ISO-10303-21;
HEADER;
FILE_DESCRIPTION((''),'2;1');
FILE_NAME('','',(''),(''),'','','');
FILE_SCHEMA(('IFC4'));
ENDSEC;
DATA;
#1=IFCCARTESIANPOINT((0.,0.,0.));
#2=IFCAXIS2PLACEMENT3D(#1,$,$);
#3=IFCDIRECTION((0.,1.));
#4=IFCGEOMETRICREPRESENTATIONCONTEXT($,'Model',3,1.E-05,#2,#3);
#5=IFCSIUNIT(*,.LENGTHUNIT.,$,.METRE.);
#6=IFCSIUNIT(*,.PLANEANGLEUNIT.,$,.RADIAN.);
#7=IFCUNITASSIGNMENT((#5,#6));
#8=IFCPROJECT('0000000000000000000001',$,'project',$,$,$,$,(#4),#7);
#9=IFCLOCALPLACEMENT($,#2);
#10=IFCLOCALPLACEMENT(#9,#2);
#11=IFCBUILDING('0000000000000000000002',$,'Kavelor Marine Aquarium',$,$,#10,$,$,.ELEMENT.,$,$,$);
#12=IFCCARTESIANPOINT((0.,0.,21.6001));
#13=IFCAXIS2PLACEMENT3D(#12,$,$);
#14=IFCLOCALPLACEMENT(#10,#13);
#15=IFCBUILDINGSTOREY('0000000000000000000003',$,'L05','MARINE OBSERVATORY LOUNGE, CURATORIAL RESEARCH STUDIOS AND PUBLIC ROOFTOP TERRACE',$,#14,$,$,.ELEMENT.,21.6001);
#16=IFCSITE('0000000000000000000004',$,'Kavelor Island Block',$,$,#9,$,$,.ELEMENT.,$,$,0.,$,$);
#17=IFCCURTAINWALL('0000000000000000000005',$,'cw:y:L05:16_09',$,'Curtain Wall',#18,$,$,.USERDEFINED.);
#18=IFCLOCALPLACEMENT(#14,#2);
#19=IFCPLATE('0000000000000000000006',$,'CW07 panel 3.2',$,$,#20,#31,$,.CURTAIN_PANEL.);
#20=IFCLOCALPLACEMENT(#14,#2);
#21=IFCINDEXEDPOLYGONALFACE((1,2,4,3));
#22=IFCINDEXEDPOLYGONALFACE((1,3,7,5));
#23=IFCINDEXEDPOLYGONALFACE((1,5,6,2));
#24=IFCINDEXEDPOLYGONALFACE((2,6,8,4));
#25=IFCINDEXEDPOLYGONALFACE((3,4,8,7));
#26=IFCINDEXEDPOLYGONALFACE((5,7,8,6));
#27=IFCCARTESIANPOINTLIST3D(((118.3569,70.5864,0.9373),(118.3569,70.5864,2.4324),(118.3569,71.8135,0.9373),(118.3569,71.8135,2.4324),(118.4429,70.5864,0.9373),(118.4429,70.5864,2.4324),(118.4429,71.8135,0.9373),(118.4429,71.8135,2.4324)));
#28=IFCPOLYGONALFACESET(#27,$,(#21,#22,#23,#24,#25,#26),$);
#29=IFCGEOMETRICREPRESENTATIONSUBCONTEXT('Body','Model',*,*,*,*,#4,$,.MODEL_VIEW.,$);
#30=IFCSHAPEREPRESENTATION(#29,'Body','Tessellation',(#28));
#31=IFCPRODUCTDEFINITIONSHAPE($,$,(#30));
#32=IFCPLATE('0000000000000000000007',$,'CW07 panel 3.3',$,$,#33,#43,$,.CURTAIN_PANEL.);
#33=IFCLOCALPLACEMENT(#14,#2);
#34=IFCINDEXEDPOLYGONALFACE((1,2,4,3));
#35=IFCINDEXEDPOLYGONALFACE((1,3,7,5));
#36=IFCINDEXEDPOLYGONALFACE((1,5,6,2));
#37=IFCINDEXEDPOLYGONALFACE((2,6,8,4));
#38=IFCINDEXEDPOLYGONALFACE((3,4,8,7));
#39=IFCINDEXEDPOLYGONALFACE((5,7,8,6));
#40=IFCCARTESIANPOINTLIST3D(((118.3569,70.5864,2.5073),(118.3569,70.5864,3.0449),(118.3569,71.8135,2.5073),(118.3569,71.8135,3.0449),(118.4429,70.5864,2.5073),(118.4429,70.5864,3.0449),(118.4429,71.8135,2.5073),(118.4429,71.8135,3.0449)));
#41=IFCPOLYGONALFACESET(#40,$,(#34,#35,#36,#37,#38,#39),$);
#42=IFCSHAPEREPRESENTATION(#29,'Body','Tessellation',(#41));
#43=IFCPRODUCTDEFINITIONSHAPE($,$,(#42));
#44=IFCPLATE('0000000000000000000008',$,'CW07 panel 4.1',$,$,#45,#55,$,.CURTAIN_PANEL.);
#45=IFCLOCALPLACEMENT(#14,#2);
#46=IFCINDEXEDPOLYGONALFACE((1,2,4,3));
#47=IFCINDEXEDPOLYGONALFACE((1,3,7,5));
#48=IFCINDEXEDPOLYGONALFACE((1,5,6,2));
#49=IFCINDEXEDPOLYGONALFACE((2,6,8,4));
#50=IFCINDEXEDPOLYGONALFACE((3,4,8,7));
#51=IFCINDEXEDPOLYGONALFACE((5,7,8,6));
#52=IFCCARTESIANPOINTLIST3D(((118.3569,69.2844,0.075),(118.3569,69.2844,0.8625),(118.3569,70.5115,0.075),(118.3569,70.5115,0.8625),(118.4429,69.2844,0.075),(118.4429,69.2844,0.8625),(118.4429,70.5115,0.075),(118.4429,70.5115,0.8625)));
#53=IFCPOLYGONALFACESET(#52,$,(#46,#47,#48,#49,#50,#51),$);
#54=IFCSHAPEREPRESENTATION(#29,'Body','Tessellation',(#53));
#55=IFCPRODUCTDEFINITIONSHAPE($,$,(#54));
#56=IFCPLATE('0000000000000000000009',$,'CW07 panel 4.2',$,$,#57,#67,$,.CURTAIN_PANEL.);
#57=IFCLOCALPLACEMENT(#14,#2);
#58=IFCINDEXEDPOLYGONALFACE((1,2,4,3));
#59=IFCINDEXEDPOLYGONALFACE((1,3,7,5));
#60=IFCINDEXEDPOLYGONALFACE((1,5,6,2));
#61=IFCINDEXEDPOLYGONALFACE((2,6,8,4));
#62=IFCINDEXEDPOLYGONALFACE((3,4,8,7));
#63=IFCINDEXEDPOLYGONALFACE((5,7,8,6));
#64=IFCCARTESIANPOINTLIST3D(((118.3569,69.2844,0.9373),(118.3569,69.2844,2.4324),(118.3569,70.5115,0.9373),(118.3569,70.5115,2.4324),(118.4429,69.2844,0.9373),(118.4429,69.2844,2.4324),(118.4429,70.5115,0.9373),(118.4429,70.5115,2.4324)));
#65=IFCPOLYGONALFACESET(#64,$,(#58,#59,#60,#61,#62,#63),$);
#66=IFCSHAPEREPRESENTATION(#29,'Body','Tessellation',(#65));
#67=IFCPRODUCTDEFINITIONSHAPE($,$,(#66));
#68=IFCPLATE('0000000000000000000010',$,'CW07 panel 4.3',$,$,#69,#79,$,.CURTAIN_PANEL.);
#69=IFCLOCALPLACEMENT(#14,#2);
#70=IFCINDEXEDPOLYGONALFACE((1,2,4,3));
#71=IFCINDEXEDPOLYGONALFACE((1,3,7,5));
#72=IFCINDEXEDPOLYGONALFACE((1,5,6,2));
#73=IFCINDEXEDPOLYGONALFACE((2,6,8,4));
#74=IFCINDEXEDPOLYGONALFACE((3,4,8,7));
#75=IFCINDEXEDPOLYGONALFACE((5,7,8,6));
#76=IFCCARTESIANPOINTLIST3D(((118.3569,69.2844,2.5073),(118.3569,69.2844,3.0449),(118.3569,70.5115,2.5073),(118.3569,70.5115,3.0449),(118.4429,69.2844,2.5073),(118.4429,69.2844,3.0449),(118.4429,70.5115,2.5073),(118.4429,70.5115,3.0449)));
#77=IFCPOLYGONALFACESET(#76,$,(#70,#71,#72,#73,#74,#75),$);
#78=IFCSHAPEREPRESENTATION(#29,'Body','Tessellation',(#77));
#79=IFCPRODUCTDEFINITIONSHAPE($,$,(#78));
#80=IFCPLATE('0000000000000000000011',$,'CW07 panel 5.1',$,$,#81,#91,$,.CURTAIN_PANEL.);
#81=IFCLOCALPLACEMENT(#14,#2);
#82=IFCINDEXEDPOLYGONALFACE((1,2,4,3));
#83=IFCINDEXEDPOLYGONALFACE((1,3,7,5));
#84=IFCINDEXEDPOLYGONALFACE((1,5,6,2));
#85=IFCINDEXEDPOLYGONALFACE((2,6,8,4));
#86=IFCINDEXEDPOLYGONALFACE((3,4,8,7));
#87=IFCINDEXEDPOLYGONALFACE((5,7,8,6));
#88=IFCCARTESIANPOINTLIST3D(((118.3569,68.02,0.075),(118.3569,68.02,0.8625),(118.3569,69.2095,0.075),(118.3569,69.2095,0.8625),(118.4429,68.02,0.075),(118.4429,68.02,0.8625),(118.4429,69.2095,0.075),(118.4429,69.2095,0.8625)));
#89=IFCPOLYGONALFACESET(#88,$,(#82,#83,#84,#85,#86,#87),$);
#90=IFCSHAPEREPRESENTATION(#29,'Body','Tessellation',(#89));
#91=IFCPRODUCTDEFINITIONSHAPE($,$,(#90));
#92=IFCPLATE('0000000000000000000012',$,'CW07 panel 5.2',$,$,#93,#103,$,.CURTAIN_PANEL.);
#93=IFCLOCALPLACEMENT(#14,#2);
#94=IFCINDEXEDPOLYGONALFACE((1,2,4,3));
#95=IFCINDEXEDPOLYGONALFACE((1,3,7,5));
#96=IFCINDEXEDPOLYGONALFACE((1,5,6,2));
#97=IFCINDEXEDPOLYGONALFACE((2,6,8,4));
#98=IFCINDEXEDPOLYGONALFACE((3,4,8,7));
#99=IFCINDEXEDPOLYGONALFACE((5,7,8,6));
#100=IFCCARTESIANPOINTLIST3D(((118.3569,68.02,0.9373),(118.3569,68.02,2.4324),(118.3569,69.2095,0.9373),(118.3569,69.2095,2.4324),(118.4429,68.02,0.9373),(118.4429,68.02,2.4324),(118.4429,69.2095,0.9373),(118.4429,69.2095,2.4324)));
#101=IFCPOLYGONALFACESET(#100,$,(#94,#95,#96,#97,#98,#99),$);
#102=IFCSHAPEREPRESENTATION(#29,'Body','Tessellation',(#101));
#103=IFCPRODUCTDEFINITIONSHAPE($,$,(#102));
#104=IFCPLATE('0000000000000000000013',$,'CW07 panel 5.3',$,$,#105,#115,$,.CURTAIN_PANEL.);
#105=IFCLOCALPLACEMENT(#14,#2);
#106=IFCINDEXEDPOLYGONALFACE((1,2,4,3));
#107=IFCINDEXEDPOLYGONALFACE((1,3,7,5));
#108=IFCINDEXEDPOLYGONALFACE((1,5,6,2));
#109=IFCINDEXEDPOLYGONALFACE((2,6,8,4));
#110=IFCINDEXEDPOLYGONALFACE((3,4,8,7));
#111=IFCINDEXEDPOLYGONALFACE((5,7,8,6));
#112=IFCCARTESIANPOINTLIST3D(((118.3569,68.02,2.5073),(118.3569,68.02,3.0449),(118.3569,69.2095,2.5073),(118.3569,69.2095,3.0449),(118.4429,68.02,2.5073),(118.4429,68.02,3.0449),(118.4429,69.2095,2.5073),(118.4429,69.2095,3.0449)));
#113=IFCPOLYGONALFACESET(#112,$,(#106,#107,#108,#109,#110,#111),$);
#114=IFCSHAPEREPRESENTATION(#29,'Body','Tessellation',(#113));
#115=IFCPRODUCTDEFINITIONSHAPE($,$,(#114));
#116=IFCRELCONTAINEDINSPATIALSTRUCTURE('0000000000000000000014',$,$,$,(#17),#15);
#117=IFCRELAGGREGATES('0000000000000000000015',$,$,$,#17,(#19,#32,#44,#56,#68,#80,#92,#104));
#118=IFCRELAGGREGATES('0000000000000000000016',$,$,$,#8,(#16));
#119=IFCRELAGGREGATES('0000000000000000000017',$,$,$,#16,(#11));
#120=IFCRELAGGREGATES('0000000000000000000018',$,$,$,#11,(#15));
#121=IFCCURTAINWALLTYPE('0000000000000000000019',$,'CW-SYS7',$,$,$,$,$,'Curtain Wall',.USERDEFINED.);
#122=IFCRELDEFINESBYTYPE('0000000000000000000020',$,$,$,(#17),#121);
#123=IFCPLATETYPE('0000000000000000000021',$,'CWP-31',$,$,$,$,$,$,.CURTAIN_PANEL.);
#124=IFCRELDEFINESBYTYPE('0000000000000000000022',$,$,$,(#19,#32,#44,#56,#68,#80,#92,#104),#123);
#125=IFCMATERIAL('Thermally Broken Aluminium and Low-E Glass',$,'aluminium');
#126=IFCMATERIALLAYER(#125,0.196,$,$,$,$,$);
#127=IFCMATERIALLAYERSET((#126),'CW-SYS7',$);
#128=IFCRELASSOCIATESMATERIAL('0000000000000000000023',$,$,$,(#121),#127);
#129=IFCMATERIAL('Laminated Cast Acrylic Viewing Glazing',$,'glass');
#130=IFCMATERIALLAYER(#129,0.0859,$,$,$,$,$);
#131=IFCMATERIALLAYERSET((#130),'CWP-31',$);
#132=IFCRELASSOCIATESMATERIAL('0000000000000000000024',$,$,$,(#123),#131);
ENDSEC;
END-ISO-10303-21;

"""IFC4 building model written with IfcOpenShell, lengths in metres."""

from ifc_helpers import new_model, si_unit, direction, frame, origin, origin_2d, place, context, subcontext, project, spatial, rectangle, extrude, material, layer, layer_set, type_object, element, aggregate, save


model = new_model("IFC4")

# Units and contexts
model_context = context("Model", 3, precision=1e-05, world=origin(), true_north=direction((0.0, 1.0)))
body_context = subcontext(model_context, "Body", "Model", "MODEL_VIEW")
ifc_project = project(units=[si_unit("LENGTHUNIT", "METRE"), si_unit("PLANEANGLEUNIT", "RADIAN")], contexts=[model_context])

# Site, building, storey
site_placement = place(None, origin())
site = spatial("IfcSite", under=ifc_project, at=site_placement, Name="Kavelor Island Block", CompositionType="ELEMENT", RefElevation=0.0)
building_placement = place(site_placement, origin())
building = spatial("IfcBuilding", under=site, at=building_placement, Name="Kavelor Marine Aquarium", CompositionType="ELEMENT")
storey_placement = place(building_placement, frame((0.0, 0.0, 21.6001)))
storey = spatial("IfcBuildingStorey", under=building, at=storey_placement, Name="L05", Description="MARINE OBSERVATORY LOUNGE, CURATORIAL RESEARCH STUDIOS AND PUBLIC ROOFTOP TERRACE", CompositionType="ELEMENT", Elevation=21.6001)

# Curtain wall, plates
ifc_material_1 = material(Name="Thermally Broken Aluminium and Low-E Glass", Category="aluminium")
ifc_layer_1 = layer(ifc_material_1, 0.196)
ifc_layer_set_1 = layer_set([ifc_layer_1], Name="CW-SYS7")
curtain_wall_type = type_object("IfcCurtainWallType", Name="CW-SYS7", ElementType="Curtain Wall", PredefinedType="USERDEFINED", material=ifc_layer_set_1)
curtain_wall_placement = place(storey_placement, origin())
curtain_wall = element("IfcCurtainWall", 1, at=curtain_wall_placement, inside=storey, type_object=curtain_wall_type, Name="cw:y:L05:16_09", ObjectType="Curtain Wall", PredefinedType="USERDEFINED")
ifc_material_2 = material(Name="Laminated Cast Acrylic Viewing Glazing", Category="glass")
ifc_layer_2 = layer(ifc_material_2, 0.0859)
ifc_layer_set_2 = layer_set([ifc_layer_2], Name="CWP-31")
plate_type = type_object("IfcPlateType", Name="CWP-31", PredefinedType="CURTAIN_PANEL", material=ifc_layer_set_2)
plate_1_placement = place(storey_placement, frame((118.3999, 71.2, 0.9373), z_axis=(0.0, 0.0, 1.0), x_axis=(0.0, -1.0, 0.0)))
plate_1 = element("IfcPlate", 2, at=plate_1_placement, type_object=plate_type, Name="CW07 panel 3.2", PredefinedType="CURTAIN_PANEL", context=body_context, shape_type="SweptSolid", body=[
    extrude(rectangle(XDim=1.2271, YDim=0.0859, at=origin_2d()), origin(), (0.0, 0.0, 1.0), 1.4951),
])
plate_2_placement = place(storey_placement, frame((118.3999, 71.2, 2.5073), z_axis=(0.0, 0.0, 1.0), x_axis=(0.0, -1.0, 0.0)))
plate_2 = element("IfcPlate", 3, at=plate_2_placement, type_object=plate_type, Name="CW07 panel 3.3", PredefinedType="CURTAIN_PANEL", context=body_context, shape_type="SweptSolid", body=[
    extrude(rectangle(XDim=1.2271, YDim=0.0859, at=origin_2d()), origin(), (0.0, 0.0, 1.0), 0.5376),
])
plate_3_placement = place(storey_placement, frame((118.3999, 69.8979, 0.075), z_axis=(0.0, 0.0, 1.0), x_axis=(0.0, -1.0, 0.0)))
plate_3 = element("IfcPlate", 4, at=plate_3_placement, type_object=plate_type, Name="CW07 panel 4.1", PredefinedType="CURTAIN_PANEL", context=body_context, shape_type="SweptSolid", body=[
    extrude(rectangle(XDim=1.2271, YDim=0.0859, at=origin_2d()), origin(), (0.0, 0.0, 1.0), 0.7876),
])
plate_4_placement = place(storey_placement, frame((118.3999, 69.8979, 0.9373), z_axis=(0.0, 0.0, 1.0), x_axis=(0.0, -1.0, 0.0)))
plate_4 = element("IfcPlate", 5, at=plate_4_placement, type_object=plate_type, Name="CW07 panel 4.2", PredefinedType="CURTAIN_PANEL", context=body_context, shape_type="SweptSolid", body=[
    extrude(rectangle(XDim=1.2271, YDim=0.0859, at=origin_2d()), origin(), (0.0, 0.0, 1.0), 1.4951),
])
plate_5_placement = place(storey_placement, frame((118.3999, 69.8979, 2.5073), z_axis=(0.0, 0.0, 1.0), x_axis=(0.0, -1.0, 0.0)))
plate_5 = element("IfcPlate", 6, at=plate_5_placement, type_object=plate_type, Name="CW07 panel 4.3", PredefinedType="CURTAIN_PANEL", context=body_context, shape_type="SweptSolid", body=[
    extrude(rectangle(XDim=1.2271, YDim=0.0859, at=origin_2d()), origin(), (0.0, 0.0, 1.0), 0.5376),
])
plate_6_placement = place(storey_placement, frame((118.3999, 68.6147, 0.075), z_axis=(0.0, 0.0, 1.0), x_axis=(0.0, -1.0, 0.0)))
plate_6 = element("IfcPlate", 7, at=plate_6_placement, type_object=plate_type, Name="CW07 panel 5.1", PredefinedType="CURTAIN_PANEL", context=body_context, shape_type="SweptSolid", body=[
    extrude(rectangle(XDim=1.1895, YDim=0.0859, at=origin_2d()), origin(), (0.0, 0.0, 1.0), 0.7876),
])
plate_7_placement = place(storey_placement, frame((118.3999, 68.6147, 0.9373), z_axis=(0.0, 0.0, 1.0), x_axis=(0.0, -1.0, 0.0)))
plate_7 = element("IfcPlate", 8, at=plate_7_placement, type_object=plate_type, Name="CW07 panel 5.2", PredefinedType="CURTAIN_PANEL", context=body_context, shape_type="SweptSolid", body=[
    extrude(rectangle(XDim=1.1895, YDim=0.0859, at=origin_2d()), origin(), (0.0, 0.0, 1.0), 1.4951),
])
plate_8_placement = place(storey_placement, frame((118.3999, 68.6147, 2.5073), z_axis=(0.0, 0.0, 1.0), x_axis=(0.0, -1.0, 0.0)))
plate_8 = element("IfcPlate", 9, at=plate_8_placement, type_object=plate_type, Name="CW07 panel 5.3", PredefinedType="CURTAIN_PANEL", context=body_context, shape_type="SweptSolid", body=[
    extrude(rectangle(XDim=1.1895, YDim=0.0859, at=origin_2d()), origin(), (0.0, 0.0, 1.0), 0.5376),
])
aggregate(curtain_wall, [plate_1, plate_2, plate_3, plate_4, plate_5, plate_6, plate_7, plate_8])

save(model, "model.ifc")
